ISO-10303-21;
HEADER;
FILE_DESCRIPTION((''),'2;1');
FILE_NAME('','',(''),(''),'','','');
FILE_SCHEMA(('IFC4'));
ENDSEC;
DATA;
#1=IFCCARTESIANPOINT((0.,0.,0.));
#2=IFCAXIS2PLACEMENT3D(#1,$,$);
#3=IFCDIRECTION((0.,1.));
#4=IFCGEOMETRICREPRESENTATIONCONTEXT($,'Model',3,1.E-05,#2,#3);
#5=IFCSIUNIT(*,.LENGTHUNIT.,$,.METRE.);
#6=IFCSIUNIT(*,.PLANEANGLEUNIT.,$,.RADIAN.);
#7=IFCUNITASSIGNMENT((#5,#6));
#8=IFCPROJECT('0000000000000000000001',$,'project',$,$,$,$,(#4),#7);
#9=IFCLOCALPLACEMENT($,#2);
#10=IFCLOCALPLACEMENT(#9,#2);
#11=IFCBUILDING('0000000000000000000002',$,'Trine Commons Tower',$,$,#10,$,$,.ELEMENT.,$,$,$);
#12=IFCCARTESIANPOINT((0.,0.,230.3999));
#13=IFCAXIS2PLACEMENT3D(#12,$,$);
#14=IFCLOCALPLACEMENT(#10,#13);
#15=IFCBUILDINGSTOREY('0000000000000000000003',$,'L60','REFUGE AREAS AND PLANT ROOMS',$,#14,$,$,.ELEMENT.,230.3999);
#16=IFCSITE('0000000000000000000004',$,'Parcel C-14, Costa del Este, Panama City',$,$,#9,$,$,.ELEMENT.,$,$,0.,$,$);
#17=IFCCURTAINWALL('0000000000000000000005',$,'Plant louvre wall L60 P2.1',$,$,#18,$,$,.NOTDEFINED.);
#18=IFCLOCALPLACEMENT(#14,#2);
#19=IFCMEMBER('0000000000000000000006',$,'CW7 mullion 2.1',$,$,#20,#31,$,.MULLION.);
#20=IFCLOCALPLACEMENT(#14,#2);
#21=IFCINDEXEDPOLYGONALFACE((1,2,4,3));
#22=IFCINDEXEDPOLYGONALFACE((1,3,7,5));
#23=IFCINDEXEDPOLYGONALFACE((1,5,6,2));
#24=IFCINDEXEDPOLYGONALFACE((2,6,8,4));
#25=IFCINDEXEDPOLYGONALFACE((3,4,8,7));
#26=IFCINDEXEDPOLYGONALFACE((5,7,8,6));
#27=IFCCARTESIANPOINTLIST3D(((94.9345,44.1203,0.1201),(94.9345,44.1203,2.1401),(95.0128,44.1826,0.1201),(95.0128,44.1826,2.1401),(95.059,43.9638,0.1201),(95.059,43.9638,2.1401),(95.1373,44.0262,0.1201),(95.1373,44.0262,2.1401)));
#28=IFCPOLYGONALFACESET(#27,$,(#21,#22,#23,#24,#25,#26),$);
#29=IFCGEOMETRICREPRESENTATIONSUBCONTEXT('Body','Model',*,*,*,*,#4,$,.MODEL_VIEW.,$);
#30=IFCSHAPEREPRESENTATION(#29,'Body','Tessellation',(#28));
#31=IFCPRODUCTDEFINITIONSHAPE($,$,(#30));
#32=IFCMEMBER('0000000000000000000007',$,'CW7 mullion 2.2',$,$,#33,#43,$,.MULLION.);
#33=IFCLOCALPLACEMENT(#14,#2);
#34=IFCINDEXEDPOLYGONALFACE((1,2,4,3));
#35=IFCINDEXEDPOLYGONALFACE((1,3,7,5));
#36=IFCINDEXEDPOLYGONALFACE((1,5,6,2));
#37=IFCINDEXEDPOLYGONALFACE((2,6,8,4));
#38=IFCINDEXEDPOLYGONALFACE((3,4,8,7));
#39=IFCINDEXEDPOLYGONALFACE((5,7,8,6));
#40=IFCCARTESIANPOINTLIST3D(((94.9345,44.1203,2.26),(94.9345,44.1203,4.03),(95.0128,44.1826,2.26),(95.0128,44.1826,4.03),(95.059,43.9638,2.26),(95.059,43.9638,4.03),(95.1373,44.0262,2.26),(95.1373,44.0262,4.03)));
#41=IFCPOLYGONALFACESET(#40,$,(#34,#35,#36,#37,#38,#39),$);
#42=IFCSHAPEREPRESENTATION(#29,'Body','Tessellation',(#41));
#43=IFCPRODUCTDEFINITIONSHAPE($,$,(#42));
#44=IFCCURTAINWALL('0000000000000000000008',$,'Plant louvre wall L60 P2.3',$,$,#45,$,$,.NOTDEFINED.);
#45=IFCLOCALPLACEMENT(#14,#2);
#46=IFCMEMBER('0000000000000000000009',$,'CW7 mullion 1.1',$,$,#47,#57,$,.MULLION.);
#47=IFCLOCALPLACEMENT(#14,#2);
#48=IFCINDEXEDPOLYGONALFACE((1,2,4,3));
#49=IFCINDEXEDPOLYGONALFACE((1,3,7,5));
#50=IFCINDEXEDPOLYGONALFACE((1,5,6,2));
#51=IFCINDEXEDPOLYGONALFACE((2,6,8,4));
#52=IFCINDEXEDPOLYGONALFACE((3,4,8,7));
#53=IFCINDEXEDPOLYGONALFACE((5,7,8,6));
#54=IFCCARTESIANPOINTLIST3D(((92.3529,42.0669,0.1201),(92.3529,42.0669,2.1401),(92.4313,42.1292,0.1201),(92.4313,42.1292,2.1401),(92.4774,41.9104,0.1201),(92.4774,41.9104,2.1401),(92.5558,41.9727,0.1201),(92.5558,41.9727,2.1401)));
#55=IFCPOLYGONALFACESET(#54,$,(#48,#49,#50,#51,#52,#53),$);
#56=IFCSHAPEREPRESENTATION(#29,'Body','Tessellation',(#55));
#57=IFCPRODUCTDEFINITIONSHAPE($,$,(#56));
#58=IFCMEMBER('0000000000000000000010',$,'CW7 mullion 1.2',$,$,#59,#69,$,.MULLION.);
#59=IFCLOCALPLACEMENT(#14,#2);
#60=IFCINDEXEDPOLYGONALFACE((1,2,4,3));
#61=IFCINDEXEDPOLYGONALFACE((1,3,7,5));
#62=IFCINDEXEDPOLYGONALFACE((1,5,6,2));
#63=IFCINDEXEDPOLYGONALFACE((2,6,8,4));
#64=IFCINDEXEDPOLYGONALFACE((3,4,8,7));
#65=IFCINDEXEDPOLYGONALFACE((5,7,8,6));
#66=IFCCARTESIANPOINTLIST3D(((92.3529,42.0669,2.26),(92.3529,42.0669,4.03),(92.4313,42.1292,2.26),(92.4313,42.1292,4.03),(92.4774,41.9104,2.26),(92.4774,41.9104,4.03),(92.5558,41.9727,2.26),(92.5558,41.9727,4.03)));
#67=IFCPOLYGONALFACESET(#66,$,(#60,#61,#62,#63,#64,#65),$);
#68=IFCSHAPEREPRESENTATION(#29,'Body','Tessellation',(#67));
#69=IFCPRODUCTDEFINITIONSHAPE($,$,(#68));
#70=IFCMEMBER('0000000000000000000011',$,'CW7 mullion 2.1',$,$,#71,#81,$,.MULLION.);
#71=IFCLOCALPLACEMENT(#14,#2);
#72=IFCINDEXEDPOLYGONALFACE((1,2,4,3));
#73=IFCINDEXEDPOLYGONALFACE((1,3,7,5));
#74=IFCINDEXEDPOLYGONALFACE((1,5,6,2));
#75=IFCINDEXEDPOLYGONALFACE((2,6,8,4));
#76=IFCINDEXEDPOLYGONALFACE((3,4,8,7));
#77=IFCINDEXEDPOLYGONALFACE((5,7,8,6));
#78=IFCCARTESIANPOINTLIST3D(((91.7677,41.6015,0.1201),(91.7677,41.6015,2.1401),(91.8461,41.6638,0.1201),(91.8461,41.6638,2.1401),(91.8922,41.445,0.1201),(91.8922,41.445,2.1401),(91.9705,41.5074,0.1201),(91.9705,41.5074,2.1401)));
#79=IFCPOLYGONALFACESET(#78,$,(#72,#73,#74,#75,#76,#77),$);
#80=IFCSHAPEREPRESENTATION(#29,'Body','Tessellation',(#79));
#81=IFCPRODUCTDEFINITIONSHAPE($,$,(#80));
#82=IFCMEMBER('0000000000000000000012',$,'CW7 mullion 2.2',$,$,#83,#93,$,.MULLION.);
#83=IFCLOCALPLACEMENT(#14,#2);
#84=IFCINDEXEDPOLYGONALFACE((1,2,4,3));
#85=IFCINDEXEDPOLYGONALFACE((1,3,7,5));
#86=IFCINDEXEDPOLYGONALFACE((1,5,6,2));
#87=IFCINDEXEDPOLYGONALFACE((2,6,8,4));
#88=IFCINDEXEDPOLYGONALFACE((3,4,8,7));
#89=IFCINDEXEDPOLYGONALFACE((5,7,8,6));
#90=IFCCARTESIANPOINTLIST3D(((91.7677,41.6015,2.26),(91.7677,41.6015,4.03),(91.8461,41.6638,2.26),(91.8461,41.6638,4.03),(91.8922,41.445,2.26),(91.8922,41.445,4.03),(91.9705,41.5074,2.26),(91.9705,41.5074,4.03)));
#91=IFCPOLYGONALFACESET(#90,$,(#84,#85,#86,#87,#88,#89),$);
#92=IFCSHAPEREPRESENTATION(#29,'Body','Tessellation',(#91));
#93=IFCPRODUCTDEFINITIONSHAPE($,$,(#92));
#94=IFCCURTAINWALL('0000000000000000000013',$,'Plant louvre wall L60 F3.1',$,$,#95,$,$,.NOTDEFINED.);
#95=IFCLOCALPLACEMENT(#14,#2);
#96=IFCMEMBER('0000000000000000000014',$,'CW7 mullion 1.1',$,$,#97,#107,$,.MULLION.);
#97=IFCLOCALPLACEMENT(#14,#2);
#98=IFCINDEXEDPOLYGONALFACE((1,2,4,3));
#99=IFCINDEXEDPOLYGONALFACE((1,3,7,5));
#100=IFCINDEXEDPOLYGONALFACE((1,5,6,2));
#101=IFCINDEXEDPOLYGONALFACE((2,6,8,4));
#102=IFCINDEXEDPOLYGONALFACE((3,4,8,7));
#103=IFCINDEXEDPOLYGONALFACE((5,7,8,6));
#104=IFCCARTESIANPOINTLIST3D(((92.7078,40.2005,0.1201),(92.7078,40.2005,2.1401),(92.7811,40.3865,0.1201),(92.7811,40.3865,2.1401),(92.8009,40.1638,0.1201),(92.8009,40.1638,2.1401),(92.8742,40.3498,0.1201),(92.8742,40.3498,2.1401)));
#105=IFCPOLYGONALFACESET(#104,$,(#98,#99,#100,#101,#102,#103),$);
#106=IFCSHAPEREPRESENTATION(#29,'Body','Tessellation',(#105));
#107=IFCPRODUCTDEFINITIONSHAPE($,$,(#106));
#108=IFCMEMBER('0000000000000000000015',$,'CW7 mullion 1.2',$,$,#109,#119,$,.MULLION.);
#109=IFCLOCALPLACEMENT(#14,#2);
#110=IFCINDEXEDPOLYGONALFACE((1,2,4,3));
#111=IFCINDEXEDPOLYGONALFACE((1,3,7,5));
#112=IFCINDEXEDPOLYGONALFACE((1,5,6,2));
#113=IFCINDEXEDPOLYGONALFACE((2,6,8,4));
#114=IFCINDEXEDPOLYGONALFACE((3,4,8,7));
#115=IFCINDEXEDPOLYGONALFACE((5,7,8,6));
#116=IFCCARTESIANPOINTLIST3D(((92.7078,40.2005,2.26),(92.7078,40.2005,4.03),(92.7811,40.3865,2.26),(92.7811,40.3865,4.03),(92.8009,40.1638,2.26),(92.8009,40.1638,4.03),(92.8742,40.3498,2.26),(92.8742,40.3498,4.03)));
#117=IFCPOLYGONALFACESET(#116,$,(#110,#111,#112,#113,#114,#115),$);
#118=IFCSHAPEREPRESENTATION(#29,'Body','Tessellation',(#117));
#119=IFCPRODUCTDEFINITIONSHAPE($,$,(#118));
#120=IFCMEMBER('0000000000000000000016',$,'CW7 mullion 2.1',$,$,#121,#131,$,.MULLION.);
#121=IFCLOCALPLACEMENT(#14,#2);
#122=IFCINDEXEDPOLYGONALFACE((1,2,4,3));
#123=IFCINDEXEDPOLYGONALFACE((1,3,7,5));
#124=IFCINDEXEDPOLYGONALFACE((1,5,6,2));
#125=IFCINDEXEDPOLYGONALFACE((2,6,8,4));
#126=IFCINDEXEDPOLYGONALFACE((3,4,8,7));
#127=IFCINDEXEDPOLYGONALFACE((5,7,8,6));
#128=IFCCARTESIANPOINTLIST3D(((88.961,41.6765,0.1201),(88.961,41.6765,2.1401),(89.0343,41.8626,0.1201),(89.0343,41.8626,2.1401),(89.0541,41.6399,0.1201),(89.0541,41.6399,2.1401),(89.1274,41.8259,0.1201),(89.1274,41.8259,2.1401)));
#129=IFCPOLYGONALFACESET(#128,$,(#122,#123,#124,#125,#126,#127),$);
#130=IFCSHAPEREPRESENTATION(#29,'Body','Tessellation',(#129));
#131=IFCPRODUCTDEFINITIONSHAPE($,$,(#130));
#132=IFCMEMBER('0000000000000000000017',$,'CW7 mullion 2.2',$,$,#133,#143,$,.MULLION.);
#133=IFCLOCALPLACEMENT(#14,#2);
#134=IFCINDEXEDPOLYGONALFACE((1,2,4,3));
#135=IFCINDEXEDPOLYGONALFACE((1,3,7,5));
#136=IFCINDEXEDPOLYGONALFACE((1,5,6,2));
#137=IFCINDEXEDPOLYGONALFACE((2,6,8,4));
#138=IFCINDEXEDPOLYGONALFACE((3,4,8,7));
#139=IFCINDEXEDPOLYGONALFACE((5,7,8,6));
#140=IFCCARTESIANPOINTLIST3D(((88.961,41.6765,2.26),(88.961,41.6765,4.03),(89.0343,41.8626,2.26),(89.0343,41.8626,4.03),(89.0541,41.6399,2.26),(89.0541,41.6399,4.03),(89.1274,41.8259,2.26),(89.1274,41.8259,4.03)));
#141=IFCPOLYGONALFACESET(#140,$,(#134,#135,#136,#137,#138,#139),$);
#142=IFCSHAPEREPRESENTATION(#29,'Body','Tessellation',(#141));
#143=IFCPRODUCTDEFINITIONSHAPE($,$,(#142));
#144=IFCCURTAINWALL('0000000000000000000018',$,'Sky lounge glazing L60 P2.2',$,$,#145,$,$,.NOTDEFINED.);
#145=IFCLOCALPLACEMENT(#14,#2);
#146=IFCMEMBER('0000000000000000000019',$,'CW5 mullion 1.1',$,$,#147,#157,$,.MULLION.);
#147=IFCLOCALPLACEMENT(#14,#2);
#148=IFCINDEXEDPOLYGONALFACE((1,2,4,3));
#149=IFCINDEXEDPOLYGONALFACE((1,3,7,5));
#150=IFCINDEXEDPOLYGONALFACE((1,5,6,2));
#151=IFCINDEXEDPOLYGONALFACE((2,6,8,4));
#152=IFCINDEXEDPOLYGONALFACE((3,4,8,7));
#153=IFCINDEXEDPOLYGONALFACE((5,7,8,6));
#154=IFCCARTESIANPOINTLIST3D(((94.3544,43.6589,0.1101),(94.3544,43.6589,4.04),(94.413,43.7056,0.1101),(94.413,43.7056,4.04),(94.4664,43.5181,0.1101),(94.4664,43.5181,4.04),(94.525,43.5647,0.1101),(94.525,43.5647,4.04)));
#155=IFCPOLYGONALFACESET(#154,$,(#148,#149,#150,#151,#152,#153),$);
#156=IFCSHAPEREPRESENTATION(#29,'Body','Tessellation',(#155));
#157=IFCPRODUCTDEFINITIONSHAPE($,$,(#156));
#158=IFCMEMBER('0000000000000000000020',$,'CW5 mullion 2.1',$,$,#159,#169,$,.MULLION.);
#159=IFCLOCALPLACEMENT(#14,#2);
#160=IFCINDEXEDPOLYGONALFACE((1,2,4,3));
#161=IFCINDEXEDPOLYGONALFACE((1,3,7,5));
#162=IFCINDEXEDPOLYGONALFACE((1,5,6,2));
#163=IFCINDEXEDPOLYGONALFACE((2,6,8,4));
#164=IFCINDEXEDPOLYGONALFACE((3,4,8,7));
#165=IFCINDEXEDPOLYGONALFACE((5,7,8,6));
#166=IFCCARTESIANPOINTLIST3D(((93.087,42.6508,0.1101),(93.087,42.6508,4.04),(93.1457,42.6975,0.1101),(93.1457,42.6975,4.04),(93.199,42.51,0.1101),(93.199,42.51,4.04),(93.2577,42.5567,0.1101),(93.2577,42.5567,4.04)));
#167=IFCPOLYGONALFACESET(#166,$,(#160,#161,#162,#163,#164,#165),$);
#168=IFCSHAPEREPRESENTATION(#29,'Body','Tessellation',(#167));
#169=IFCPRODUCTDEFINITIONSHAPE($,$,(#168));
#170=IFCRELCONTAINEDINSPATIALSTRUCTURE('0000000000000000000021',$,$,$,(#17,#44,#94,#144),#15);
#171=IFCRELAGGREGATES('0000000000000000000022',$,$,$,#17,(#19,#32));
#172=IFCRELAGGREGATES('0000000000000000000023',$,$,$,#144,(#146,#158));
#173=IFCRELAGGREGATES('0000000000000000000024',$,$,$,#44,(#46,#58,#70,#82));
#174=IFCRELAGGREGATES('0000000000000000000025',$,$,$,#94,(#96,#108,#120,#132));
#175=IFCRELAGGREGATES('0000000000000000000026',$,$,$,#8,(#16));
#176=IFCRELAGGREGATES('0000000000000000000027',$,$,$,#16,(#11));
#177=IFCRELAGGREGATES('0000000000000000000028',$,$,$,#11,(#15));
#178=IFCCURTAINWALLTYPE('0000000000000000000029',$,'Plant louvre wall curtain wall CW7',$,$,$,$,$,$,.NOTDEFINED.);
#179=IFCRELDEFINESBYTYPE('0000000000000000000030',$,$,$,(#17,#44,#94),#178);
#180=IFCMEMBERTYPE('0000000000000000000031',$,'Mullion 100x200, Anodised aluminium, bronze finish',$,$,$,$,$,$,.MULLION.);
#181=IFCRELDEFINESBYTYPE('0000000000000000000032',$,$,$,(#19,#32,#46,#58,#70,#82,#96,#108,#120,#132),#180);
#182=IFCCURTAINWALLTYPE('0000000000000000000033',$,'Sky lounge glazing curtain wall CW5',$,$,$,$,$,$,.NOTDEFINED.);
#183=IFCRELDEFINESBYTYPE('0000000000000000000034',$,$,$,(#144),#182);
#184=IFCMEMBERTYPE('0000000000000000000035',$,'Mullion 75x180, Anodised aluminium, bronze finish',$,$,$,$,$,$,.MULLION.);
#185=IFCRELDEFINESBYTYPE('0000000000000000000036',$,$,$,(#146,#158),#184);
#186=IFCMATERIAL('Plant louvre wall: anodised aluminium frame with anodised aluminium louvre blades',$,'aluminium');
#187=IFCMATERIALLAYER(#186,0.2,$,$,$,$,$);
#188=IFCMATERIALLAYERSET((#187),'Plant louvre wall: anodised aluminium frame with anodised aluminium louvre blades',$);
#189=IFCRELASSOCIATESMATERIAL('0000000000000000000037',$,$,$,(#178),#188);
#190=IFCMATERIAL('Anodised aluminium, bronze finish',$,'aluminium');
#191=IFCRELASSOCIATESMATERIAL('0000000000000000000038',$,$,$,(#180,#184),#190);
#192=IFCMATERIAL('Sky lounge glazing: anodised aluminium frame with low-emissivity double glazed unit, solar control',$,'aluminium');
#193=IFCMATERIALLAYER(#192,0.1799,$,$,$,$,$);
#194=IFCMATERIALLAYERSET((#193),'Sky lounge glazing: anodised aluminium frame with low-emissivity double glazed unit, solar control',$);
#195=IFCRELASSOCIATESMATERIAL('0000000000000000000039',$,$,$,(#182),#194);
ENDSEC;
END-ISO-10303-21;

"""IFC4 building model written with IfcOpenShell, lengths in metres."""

from ifc_helpers import new_model, si_unit, direction, frame, origin, origin_2d, place, context, subcontext, project, spatial, rectangle, extrude, material, layer, layer_set, material_profile, profile_set, type_object, element, aggregate, save


model = new_model("IFC4")

# Units and contexts
model_context = context("Model", 3, precision=1e-05, world=origin(), true_north=direction((0.0, 1.0)))
body_context = subcontext(model_context, "Body", "Model", "MODEL_VIEW")
ifc_project = project(units=[si_unit("LENGTHUNIT", "METRE"), si_unit("PLANEANGLEUNIT", "RADIAN")], contexts=[model_context])

# Site, building, storey
site_placement = place(None, origin())
site = spatial("IfcSite", under=ifc_project, at=site_placement, Name="Parcel C-14, Costa del Este, Panama City", CompositionType="ELEMENT", RefElevation=0.0)
building_placement = place(site_placement, origin())
building = spatial("IfcBuilding", under=site, at=building_placement, Name="Trine Commons Tower", CompositionType="ELEMENT")
storey_placement = place(building_placement, frame((0.0, 0.0, 230.3999)))
storey = spatial("IfcBuildingStorey", under=building, at=storey_placement, Name="L60", Description="REFUGE AREAS AND PLANT ROOMS", CompositionType="ELEMENT", Elevation=230.3999)

# Curtain walls, members
ifc_material_1 = material(Name="Plant louvre wall: anodised aluminium frame with anodised aluminium louvre blades", Category="aluminium")
ifc_layer_1 = layer(ifc_material_1, 0.2)
ifc_layer_set_1 = layer_set([ifc_layer_1], Name="Plant louvre wall: anodised aluminium frame with anodised aluminium louvre blades")
curtain_wall_type_1 = type_object("IfcCurtainWallType", Name="Plant louvre wall curtain wall CW7", PredefinedType="NOTDEFINED", material=ifc_layer_set_1)
curtain_wall_1_placement = place(storey_placement, origin())
curtain_wall_1 = element("IfcCurtainWall", 1, at=curtain_wall_1_placement, inside=storey, type_object=curtain_wall_type_1, Name="Plant louvre wall L60 P2.1", PredefinedType="NOTDEFINED")
ifc_material_2 = material(Name="Anodised aluminium, bronze finish", Category="aluminium")
ifc_material_profile_1 = material_profile(ifc_material_2, rectangle(XDim=0.2, YDim=0.1001, at=origin_2d()), Name="Mullion 100x200")
ifc_profile_set_1 = profile_set([ifc_material_profile_1], Name="Anodised aluminium, bronze finish")
member_type_1 = type_object("IfcMemberType", Name="Mullion 100x200, Anodised aluminium, bronze finish", PredefinedType="MULLION", material=ifc_profile_set_1)
member_1_placement = place(storey_placement, frame((95.0359, 44.0732, 0.1201), z_axis=(0.0, 0.0, 1.0), x_axis=(0.622515, -0.782608, 0.0)))
member_1 = element("IfcMember", 2, at=member_1_placement, type_object=member_type_1, Name="CW7 mullion 2.1", PredefinedType="MULLION", context=body_context, shape_type="SweptSolid", body=[
    extrude(rectangle(XDim=0.2, YDim=0.1001, at=origin_2d()), origin(), (0.0, 0.0, 1.0), 2.02),
])
member_2_placement = place(storey_placement, frame((95.0359, 44.0732, 2.26), z_axis=(0.0, 0.0, 1.0), x_axis=(0.622515, -0.782608, 0.0)))
member_2 = element("IfcMember", 3, at=member_2_placement, type_object=member_type_1, Name="CW7 mullion 2.2", PredefinedType="MULLION", context=body_context, shape_type="SweptSolid", body=[
    extrude(rectangle(XDim=0.2, YDim=0.1001, at=origin_2d()), origin(), (0.0, 0.0, 1.0), 1.77),
])
aggregate(curtain_wall_1, [member_1, member_2])
curtain_wall_2_placement = place(storey_placement, origin())
curtain_wall_2 = element("IfcCurtainWall", 4, at=curtain_wall_2_placement, inside=storey, type_object=curtain_wall_type_1, Name="Plant louvre wall L60 P2.3", PredefinedType="NOTDEFINED")
member_3_placement = place(storey_placement, frame((92.4543, 42.0198, 0.1201), z_axis=(0.0, 0.0, 1.0), x_axis=(0.622515, -0.782608, 0.0)))
member_3 = element("IfcMember", 5, at=member_3_placement, type_object=member_type_1, Name="CW7 mullion 1.1", PredefinedType="MULLION", context=body_context, shape_type="SweptSolid", body=[
    extrude(rectangle(XDim=0.2, YDim=0.1001, at=origin_2d()), origin(), (0.0, 0.0, 1.0), 2.02),
])
member_4_placement = place(storey_placement, frame((92.4543, 42.0198, 2.26), z_axis=(0.0, 0.0, 1.0), x_axis=(0.622515, -0.782608, 0.0)))
member_4 = element("IfcMember", 6, at=member_4_placement, type_object=member_type_1, Name="CW7 mullion 1.2", PredefinedType="MULLION", context=body_context, shape_type="SweptSolid", body=[
    extrude(rectangle(XDim=0.2, YDim=0.1001, at=origin_2d()), origin(), (0.0, 0.0, 1.0), 1.77),
])
member_5_placement = place(storey_placement, frame((91.8691, 41.5544, 0.1201), z_axis=(0.0, 0.0, 1.0), x_axis=(0.622515, -0.782608, 0.0)))
member_5 = element("IfcMember", 7, at=member_5_placement, type_object=member_type_1, Name="CW7 mullion 2.1", PredefinedType="MULLION", context=body_context, shape_type="SweptSolid", body=[
    extrude(rectangle(XDim=0.2, YDim=0.1001, at=origin_2d()), origin(), (0.0, 0.0, 1.0), 2.02),
])
member_6_placement = place(storey_placement, frame((91.8691, 41.5544, 2.26), z_axis=(0.0, 0.0, 1.0), x_axis=(0.622515, -0.782608, 0.0)))
member_6 = element("IfcMember", 8, at=member_6_placement, type_object=member_type_1, Name="CW7 mullion 2.2", PredefinedType="MULLION", context=body_context, shape_type="SweptSolid", body=[
    extrude(rectangle(XDim=0.2, YDim=0.1001, at=origin_2d()), origin(), (0.0, 0.0, 1.0), 1.77),
])
curtain_wall_3_placement = place(storey_placement, origin())
curtain_wall_3 = element("IfcCurtainWall", 9, at=curtain_wall_3_placement, inside=storey, type_object=curtain_wall_type_1, Name="Plant louvre wall L60 F3.1", PredefinedType="NOTDEFINED")
member_7_placement = place(storey_placement, frame((92.791, 40.2751, 0.1201), z_axis=(0.0, 0.0, 1.0), x_axis=(-0.366501, -0.930418, 0.0)))
member_7 = element("IfcMember", 10, at=member_7_placement, type_object=member_type_1, Name="CW7 mullion 1.1", PredefinedType="MULLION", context=body_context, shape_type="SweptSolid", body=[
    extrude(rectangle(XDim=0.2, YDim=0.1001, at=origin_2d()), origin(), (0.0, 0.0, 1.0), 2.02),
])
member_8_placement = place(storey_placement, frame((92.791, 40.2751, 2.26), z_axis=(0.0, 0.0, 1.0), x_axis=(-0.366501, -0.930418, 0.0)))
member_8 = element("IfcMember", 11, at=member_8_placement, type_object=member_type_1, Name="CW7 mullion 1.2", PredefinedType="MULLION", context=body_context, shape_type="SweptSolid", body=[
    extrude(rectangle(XDim=0.2, YDim=0.1001, at=origin_2d()), origin(), (0.0, 0.0, 1.0), 1.77),
])
member_9_placement = place(storey_placement, frame((89.0442, 41.7512, 0.1201), z_axis=(0.0, 0.0, 1.0), x_axis=(-0.366501, -0.930418, 0.0)))
member_9 = element("IfcMember", 12, at=member_9_placement, type_object=member_type_1, Name="CW7 mullion 2.1", PredefinedType="MULLION", context=body_context, shape_type="SweptSolid", body=[
    extrude(rectangle(XDim=0.2, YDim=0.1001, at=origin_2d()), origin(), (0.0, 0.0, 1.0), 2.02),
])
member_10_placement = place(storey_placement, frame((89.0442, 41.7512, 2.26), z_axis=(0.0, 0.0, 1.0), x_axis=(-0.366501, -0.930418, 0.0)))
member_10 = element("IfcMember", 13, at=member_10_placement, type_object=member_type_1, Name="CW7 mullion 2.2", PredefinedType="MULLION", context=body_context, shape_type="SweptSolid", body=[
    extrude(rectangle(XDim=0.2, YDim=0.1001, at=origin_2d()), origin(), (0.0, 0.0, 1.0), 1.77),
])
ifc_material_3 = material(Name="Sky lounge glazing: anodised aluminium frame with low-emissivity double glazed unit, solar control", Category="aluminium")
ifc_layer_2 = layer(ifc_material_3, 0.1799)
ifc_layer_set_2 = layer_set([ifc_layer_2], Name="Sky lounge glazing: anodised aluminium frame with low-emissivity double glazed unit, solar control")
curtain_wall_type_2 = type_object("IfcCurtainWallType", Name="Sky lounge glazing curtain wall CW5", PredefinedType="NOTDEFINED", material=ifc_layer_set_2)
curtain_wall_4_placement = place(storey_placement, origin())
curtain_wall_4 = element("IfcCurtainWall", 14, at=curtain_wall_4_placement, inside=storey, type_object=curtain_wall_type_2, Name="Sky lounge glazing L60 P2.2", PredefinedType="NOTDEFINED")
ifc_material_profile_2 = material_profile(ifc_material_2, rectangle(XDim=0.1799, YDim=0.075, at=origin_2d()), Name="Mullion 75x180")
ifc_profile_set_2 = profile_set([ifc_material_profile_2], Name="Anodised aluminium, bronze finish")
member_type_2 = type_object("IfcMemberType", Name="Mullion 75x180, Anodised aluminium, bronze finish", PredefinedType="MULLION", material=ifc_profile_set_2)
member_11_placement = place(storey_placement, frame((94.4397, 43.6118, 0.1101), z_axis=(0.0, 0.0, 1.0), x_axis=(0.622515, -0.782608, 0.0)))
member_11 = element("IfcMember", 15, at=member_11_placement, type_object=member_type_2, Name="CW5 mullion 1.1", PredefinedType="MULLION", context=body_context, shape_type="SweptSolid", body=[
    extrude(rectangle(XDim=0.1799, YDim=0.075, at=origin_2d()), origin(), (0.0, 0.0, 1.0), 3.9299),
])
member_12_placement = place(storey_placement, frame((93.1724, 42.6038, 0.1101), z_axis=(0.0, 0.0, 1.0), x_axis=(0.622515, -0.782608, 0.0)))
member_12 = element("IfcMember", 16, at=member_12_placement, type_object=member_type_2, Name="CW5 mullion 2.1", PredefinedType="MULLION", context=body_context, shape_type="SweptSolid", body=[
    extrude(rectangle(XDim=0.1799, YDim=0.075, at=origin_2d()), origin(), (0.0, 0.0, 1.0), 3.9299),
])

aggregate(curtain_wall_4, [member_11, member_12])
aggregate(curtain_wall_2, [member_3, member_4, member_5, member_6])
aggregate(curtain_wall_3, [member_7, member_8, member_9, member_10])

save(model, "model.ifc")
